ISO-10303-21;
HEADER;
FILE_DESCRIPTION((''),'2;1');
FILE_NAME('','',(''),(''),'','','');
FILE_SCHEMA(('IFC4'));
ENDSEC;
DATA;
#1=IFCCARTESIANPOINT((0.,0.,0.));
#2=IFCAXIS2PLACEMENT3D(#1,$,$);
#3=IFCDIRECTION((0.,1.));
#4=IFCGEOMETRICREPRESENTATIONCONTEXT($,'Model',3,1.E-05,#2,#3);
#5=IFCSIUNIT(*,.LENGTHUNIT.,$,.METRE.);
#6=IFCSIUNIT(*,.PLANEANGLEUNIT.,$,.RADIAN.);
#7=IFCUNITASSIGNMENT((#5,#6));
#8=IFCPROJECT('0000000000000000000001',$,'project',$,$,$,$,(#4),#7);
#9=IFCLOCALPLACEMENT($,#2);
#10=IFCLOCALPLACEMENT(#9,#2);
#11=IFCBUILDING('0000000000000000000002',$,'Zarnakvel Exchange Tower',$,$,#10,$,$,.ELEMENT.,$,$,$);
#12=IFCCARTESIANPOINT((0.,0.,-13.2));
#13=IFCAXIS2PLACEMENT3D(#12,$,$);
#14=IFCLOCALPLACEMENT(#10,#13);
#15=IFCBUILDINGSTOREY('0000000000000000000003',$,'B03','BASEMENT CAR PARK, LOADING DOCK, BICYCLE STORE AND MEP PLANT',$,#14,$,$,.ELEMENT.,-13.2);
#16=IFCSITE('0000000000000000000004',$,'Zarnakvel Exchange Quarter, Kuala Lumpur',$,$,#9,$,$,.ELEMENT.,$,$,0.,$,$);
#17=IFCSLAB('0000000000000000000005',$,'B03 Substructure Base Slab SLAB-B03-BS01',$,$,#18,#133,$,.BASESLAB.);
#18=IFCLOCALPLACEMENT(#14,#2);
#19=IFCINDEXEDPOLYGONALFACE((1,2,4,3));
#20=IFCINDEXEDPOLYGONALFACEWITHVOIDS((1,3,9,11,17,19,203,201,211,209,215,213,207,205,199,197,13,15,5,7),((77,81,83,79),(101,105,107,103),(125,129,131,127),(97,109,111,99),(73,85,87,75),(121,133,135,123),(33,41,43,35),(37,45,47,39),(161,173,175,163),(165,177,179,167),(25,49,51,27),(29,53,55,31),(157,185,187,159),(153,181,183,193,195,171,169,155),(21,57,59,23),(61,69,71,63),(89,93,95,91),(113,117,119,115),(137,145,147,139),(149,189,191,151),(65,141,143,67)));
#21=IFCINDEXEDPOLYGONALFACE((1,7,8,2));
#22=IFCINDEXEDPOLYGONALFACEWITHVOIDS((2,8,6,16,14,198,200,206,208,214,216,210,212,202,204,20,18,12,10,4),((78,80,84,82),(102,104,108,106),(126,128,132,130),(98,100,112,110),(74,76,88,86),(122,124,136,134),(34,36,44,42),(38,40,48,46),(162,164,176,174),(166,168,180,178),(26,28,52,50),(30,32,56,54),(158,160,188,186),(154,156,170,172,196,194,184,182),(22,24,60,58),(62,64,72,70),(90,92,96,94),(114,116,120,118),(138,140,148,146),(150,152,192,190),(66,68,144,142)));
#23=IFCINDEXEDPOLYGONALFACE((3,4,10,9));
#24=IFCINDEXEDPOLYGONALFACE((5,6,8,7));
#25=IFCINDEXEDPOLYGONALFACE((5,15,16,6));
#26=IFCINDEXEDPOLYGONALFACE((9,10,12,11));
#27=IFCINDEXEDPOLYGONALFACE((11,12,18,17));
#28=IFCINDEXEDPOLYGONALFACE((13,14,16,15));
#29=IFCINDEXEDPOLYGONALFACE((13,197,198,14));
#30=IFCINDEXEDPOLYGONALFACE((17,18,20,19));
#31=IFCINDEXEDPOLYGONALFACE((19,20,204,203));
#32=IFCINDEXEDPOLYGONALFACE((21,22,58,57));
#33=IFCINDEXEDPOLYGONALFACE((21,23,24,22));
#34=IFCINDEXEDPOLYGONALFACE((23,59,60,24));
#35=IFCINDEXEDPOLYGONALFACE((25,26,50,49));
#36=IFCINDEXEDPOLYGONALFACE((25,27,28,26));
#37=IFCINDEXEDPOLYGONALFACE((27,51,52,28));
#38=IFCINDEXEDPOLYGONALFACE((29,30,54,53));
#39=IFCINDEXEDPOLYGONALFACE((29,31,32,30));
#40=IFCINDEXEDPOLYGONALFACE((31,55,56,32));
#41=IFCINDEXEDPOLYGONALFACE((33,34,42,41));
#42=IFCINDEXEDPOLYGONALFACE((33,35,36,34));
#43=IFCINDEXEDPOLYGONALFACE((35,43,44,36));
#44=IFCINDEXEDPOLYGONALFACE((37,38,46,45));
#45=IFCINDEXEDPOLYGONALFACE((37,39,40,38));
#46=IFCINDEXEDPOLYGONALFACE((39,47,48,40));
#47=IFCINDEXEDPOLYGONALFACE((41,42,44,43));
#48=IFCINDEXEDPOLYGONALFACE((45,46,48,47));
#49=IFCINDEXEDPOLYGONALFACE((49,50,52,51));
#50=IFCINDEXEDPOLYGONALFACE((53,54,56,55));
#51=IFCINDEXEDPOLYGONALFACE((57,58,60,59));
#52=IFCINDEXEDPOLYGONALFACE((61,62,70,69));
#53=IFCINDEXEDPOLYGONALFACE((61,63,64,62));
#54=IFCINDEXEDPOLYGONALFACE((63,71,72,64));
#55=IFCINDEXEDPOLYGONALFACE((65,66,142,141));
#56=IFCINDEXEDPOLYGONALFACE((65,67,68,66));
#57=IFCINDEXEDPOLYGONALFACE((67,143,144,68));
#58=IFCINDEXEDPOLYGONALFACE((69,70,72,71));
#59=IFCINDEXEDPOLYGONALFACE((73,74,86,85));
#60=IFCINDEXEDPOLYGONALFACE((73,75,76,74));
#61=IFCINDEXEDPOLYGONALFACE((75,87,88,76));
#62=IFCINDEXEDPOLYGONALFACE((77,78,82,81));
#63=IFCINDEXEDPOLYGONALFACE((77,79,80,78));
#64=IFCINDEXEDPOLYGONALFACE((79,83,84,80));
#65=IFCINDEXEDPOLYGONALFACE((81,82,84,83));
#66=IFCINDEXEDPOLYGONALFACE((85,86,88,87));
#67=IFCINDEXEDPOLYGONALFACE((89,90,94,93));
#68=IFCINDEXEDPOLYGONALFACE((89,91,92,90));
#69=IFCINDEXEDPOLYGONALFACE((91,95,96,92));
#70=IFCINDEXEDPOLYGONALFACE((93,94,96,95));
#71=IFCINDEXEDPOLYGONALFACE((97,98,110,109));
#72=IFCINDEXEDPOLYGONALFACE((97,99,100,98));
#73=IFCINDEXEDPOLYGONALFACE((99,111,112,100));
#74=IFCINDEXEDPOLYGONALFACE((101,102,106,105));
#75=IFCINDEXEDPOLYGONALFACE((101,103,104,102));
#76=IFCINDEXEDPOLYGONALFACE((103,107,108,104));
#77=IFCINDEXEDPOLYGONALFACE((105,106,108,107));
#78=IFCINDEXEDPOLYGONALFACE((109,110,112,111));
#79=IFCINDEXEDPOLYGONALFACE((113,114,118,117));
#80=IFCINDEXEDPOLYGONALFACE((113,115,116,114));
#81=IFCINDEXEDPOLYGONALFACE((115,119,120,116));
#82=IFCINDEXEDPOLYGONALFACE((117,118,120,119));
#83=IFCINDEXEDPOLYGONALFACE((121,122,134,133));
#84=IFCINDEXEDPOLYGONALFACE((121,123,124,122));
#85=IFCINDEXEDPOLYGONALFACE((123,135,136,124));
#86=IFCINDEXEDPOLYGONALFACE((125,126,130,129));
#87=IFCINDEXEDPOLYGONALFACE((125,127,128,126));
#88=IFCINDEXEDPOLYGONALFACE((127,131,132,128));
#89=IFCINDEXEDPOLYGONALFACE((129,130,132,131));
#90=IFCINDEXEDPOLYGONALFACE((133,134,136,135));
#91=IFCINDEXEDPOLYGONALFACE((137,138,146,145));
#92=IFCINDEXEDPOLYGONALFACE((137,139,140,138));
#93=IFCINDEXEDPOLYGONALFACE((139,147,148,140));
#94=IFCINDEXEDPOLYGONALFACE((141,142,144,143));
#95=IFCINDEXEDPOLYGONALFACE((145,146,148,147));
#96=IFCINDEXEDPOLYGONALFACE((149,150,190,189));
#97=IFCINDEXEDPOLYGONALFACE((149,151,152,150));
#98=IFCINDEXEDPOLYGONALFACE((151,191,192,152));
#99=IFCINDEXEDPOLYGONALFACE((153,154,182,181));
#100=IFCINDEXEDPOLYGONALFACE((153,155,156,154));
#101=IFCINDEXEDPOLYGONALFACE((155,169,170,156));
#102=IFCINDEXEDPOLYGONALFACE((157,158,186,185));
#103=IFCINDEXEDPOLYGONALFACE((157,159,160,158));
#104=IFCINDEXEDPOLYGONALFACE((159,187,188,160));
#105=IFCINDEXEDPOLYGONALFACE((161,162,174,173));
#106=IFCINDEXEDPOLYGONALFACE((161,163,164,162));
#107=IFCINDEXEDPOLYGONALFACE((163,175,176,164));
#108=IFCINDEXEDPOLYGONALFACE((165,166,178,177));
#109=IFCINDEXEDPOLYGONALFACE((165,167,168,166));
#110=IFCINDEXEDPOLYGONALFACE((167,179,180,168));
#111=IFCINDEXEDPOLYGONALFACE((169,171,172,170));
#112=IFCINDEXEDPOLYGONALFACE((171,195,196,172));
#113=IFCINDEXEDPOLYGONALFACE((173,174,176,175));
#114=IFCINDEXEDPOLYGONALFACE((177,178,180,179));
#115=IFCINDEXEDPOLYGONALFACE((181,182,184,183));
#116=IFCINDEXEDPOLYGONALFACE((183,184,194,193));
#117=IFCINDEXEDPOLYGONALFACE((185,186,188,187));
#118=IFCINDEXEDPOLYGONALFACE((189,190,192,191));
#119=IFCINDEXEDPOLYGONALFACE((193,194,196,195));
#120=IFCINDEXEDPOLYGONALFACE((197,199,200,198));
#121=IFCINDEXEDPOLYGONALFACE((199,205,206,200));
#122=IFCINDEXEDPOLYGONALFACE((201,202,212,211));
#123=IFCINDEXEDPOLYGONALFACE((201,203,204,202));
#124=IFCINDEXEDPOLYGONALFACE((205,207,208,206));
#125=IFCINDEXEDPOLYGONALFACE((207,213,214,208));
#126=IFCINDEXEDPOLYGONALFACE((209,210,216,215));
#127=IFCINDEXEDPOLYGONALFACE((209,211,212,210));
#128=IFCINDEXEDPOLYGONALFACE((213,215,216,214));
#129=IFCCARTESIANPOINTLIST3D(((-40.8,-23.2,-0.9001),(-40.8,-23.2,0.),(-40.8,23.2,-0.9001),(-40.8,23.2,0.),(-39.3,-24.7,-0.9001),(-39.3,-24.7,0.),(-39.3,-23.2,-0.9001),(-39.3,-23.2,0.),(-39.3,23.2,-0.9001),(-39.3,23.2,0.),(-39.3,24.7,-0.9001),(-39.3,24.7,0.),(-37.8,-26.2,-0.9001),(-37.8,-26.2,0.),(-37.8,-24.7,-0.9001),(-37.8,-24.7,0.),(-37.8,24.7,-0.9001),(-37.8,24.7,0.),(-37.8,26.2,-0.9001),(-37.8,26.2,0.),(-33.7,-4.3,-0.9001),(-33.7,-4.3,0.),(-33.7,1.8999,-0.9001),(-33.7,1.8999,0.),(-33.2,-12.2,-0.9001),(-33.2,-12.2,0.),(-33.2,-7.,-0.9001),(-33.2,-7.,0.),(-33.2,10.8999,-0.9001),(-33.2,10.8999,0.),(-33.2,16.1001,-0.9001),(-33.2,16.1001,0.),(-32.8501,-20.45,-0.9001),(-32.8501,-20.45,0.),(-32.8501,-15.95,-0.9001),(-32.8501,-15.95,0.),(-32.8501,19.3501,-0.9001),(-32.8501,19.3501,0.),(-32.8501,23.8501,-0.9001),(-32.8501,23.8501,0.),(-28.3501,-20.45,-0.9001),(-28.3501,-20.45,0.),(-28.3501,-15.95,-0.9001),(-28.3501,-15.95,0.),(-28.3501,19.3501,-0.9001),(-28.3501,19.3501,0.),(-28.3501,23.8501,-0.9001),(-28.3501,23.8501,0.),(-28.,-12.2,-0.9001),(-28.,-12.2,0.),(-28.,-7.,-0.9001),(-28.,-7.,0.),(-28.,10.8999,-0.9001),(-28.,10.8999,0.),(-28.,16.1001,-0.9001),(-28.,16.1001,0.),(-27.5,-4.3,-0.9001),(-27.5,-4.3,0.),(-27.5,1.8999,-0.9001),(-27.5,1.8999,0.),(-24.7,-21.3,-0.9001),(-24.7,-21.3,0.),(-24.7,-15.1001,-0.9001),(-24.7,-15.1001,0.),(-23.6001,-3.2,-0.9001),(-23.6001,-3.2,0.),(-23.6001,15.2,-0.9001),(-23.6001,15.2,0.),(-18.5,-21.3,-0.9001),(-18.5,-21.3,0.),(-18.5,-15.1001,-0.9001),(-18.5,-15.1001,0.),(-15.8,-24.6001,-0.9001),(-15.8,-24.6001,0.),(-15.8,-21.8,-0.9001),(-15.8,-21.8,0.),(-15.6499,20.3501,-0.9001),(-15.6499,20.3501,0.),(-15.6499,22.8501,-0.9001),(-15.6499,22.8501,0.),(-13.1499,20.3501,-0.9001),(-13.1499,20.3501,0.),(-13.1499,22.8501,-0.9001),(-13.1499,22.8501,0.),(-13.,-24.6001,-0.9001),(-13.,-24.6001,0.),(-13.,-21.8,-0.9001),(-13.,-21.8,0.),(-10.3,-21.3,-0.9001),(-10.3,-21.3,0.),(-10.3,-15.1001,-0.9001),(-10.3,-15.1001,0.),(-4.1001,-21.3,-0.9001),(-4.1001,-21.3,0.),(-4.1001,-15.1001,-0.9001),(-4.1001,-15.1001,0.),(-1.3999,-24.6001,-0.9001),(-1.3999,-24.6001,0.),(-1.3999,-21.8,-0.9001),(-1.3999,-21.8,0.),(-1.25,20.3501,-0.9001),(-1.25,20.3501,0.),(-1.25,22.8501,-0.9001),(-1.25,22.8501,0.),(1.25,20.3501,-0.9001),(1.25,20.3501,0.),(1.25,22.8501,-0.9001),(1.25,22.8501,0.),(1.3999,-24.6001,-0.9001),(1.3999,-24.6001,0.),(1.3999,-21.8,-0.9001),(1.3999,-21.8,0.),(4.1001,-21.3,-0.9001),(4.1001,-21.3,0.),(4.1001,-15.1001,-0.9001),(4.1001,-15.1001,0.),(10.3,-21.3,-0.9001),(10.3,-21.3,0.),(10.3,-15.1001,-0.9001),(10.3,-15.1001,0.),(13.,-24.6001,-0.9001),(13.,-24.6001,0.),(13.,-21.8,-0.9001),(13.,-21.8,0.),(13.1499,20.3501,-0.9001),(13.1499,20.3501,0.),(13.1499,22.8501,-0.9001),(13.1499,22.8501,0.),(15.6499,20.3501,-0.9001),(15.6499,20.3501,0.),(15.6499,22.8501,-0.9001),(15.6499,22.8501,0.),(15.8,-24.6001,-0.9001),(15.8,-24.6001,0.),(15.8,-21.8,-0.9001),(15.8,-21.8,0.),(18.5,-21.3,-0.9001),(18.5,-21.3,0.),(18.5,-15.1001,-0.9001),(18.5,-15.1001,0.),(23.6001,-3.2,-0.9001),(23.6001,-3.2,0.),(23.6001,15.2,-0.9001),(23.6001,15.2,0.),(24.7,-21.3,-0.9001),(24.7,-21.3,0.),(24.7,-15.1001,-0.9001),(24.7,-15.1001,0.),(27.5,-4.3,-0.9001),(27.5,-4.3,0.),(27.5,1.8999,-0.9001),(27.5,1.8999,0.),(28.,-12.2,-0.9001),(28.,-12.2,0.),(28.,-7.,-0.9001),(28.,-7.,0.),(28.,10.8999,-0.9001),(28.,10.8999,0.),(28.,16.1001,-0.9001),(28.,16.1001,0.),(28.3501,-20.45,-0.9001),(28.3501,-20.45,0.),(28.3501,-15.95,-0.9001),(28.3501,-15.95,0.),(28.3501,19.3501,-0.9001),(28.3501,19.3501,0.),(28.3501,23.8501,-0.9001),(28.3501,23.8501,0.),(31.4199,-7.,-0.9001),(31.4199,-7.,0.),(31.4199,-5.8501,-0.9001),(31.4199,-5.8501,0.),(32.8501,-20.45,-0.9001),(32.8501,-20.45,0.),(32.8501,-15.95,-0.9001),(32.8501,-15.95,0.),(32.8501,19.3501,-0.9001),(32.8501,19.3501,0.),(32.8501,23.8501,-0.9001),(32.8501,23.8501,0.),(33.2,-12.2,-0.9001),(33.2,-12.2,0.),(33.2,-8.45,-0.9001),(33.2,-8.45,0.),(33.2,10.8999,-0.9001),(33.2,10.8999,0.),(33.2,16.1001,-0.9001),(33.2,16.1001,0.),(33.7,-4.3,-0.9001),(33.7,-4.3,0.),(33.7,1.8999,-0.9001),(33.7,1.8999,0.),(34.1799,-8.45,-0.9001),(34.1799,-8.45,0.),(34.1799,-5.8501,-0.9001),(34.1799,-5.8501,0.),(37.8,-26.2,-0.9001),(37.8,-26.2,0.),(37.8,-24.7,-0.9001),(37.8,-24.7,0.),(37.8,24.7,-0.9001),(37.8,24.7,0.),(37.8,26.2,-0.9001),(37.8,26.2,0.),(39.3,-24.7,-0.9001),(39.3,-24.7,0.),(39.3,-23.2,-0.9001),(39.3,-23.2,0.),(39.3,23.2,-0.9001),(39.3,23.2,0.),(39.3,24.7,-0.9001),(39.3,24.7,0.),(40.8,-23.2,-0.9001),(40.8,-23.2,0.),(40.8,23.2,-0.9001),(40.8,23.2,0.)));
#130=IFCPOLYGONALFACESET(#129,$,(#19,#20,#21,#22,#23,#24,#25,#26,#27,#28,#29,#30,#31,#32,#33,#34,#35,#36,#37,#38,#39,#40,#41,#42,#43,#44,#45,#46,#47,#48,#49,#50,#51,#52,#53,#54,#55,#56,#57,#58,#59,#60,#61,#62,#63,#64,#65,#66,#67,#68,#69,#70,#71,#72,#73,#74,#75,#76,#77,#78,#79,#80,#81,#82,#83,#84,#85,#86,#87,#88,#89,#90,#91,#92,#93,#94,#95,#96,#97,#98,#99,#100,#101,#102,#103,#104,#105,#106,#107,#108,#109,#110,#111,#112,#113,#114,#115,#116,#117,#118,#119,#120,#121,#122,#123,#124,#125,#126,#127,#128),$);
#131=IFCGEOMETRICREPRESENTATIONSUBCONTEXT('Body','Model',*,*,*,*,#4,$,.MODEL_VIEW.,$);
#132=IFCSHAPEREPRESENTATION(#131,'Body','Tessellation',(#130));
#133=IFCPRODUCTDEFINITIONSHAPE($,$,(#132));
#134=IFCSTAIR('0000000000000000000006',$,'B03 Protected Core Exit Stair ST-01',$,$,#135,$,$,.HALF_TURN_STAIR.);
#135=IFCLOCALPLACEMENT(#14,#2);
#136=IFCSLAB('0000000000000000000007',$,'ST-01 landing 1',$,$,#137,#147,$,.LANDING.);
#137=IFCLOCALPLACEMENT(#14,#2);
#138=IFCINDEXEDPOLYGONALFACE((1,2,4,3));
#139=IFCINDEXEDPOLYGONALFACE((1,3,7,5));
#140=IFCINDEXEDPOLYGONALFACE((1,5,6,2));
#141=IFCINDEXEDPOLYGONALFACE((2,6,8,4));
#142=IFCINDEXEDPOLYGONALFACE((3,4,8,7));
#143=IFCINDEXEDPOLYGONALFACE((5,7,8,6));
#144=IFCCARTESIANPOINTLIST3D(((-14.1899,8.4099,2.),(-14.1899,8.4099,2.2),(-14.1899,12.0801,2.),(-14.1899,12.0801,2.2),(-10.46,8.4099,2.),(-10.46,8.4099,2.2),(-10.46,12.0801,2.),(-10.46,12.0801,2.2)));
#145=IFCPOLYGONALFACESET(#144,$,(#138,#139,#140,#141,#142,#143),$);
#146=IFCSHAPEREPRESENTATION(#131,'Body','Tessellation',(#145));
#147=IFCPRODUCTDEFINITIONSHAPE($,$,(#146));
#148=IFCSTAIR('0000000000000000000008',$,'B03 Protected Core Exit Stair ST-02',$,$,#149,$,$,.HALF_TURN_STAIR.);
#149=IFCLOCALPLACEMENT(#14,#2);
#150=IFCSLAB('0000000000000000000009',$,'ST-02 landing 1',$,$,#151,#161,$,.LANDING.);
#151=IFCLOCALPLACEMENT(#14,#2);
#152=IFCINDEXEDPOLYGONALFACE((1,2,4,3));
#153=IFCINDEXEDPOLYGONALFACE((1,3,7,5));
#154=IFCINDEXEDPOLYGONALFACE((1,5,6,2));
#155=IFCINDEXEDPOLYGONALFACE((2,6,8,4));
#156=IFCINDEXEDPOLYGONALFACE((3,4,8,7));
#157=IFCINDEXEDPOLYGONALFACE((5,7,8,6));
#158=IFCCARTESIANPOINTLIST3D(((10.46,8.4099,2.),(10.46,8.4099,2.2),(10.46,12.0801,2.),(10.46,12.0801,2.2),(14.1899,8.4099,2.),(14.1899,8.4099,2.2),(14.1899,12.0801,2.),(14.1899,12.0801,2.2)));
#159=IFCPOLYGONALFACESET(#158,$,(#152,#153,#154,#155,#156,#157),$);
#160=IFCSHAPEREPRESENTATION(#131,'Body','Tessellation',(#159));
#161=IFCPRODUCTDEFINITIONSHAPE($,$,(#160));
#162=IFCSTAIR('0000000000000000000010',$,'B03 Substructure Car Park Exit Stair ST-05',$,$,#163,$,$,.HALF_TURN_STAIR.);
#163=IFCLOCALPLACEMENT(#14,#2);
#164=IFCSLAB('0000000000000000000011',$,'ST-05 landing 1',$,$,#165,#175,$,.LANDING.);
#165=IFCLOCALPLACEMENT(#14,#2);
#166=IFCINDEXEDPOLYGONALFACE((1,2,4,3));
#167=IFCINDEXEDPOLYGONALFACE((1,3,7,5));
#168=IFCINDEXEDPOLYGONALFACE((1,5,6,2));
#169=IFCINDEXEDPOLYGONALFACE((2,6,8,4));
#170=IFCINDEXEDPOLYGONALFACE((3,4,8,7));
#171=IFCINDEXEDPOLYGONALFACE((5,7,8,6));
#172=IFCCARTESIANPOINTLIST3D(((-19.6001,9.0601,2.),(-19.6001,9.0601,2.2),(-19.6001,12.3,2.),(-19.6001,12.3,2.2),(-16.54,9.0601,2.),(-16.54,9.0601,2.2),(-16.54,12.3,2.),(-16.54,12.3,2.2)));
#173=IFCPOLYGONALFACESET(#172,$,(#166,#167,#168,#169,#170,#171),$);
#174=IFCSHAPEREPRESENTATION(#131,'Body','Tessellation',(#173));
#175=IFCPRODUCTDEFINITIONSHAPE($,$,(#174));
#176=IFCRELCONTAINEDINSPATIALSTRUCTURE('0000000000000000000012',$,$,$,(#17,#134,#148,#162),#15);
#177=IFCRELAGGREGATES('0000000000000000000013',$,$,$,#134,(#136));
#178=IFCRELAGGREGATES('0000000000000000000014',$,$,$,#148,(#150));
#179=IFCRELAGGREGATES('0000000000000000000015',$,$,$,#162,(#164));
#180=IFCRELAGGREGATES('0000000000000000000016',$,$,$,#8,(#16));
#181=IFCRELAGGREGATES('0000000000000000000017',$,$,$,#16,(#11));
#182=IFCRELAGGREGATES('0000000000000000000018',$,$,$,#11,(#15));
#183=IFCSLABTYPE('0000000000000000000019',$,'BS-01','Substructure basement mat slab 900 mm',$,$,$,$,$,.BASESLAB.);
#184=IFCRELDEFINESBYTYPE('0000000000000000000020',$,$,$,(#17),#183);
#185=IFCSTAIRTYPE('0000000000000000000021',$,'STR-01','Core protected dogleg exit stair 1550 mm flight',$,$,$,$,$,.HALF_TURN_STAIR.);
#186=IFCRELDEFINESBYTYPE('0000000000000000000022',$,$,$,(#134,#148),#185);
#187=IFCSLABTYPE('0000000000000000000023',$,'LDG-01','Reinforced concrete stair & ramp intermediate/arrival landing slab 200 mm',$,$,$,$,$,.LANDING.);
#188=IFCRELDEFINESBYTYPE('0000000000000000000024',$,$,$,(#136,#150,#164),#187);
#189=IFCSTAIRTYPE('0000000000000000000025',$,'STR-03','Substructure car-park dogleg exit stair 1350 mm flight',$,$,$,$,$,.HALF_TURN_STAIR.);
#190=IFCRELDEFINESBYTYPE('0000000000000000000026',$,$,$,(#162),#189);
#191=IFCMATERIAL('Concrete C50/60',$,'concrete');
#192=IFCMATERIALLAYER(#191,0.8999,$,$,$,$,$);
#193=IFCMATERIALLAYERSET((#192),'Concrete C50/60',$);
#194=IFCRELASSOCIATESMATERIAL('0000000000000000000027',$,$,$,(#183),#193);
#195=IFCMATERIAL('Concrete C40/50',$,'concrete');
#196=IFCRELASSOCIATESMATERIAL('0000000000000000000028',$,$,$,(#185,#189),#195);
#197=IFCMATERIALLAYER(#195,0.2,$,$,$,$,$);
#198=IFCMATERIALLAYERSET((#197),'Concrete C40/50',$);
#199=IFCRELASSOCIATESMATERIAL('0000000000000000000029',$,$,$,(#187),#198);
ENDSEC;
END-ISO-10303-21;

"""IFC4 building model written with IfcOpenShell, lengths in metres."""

from ifc_helpers import new_model, si_unit, direction, frame, origin, place, context, subcontext, project, spatial, polyline, outline, extrude, material, layer, layer_set, type_object, element, aggregate, save


model = new_model("IFC4")

# Units and contexts
model_context = context("Model", 3, precision=1e-05, world=origin(), true_north=direction((0.0, 1.0)))
body_context = subcontext(model_context, "Body", "Model", "MODEL_VIEW")
ifc_project = project(units=[si_unit("LENGTHUNIT", "METRE"), si_unit("PLANEANGLEUNIT", "RADIAN")], contexts=[model_context])

# Site, building, storey
site_placement = place(None, origin())
site = spatial("IfcSite", under=ifc_project, at=site_placement, Name="Zarnakvel Exchange Quarter, Kuala Lumpur", CompositionType="ELEMENT", RefElevation=0.0)
building_placement = place(site_placement, origin())
building = spatial("IfcBuilding", under=site, at=building_placement, Name="Zarnakvel Exchange Tower", CompositionType="ELEMENT")
storey_placement = place(building_placement, frame((0.0, 0.0, -13.2)))
storey = spatial("IfcBuildingStorey", under=building, at=storey_placement, Name="B03", Description="BASEMENT CAR PARK, LOADING DOCK, BICYCLE STORE AND MEP PLANT", CompositionType="ELEMENT", Elevation=-13.2)

# Shared definitions
ifc_material_1 = material(Name="Concrete C50/60", Category="concrete")

# Slab
ifc_layer_1 = layer(ifc_material_1, 0.8999)
ifc_layer_set_1 = layer_set([ifc_layer_1], Name="Concrete C50/60")
slab_type_1 = type_object("IfcSlabType", Name="BS-01", Description="Substructure basement mat slab 900 mm", PredefinedType="BASESLAB", material=ifc_layer_set_1)
slab_1_placement = place(storey_placement, frame((0.0, 0.0, -0.9001)))
element("IfcSlab", 1, at=slab_1_placement, inside=storey, type_object=slab_type_1, Name="B03 Substructure Base Slab SLAB-B03-BS01", PredefinedType="BASESLAB", context=body_context, shape_type="SweptSolid", body=[
    extrude(outline(polyline([(-40.8, 23.2), (-39.3, 23.2), (-39.3, 24.7), (-37.8, 24.7), (-37.8, 26.2), (37.8, 26.2), (37.8, 24.7), (39.3, 24.7), (39.3, 23.2), (40.8, 23.2), (40.8, -23.2), (39.3, -23.2), (39.3, -24.7), (37.8, -24.7), (37.8, -26.2), (-37.8, -26.2), (-37.8, -24.7), (-39.3, -24.7), (-39.3, -23.2), (-40.8, -23.2), (-40.8, 23.2)]), holes=[polyline([(-13.0, -21.8), (-15.8, -21.8), (-15.8, -24.6001), (-13.0, -24.6001), (-13.0, -21.8)]), polyline([(1.3999, -21.8), (-1.3999, -21.8), (-1.3999, -24.6001), (1.3999, -24.6001), (1.3999, -21.8)]), polyline([(-28.3501, -15.95), (-32.8501, -15.95), (-32.8501, -20.45), (-28.3501, -20.45), (-28.3501, -15.95)]), polyline([(-18.5, -21.3), (-18.5, -15.1001), (-24.7, -15.1001), (-24.7, -21.3), (-18.5, -21.3)]), polyline([(-4.1001, -21.3), (-4.1001, -15.1001), (-10.3, -15.1001), (-10.3, -21.3), (-4.1001, -21.3)]), polyline([(-28.0, -7.0), (-33.2, -7.0), (-33.2, -12.2), (-28.0, -12.2), (-28.0, -7.0)]), polyline([(-27.5, -4.3), (-27.5, 1.8999), (-33.7, 1.8999), (-33.7, -4.3), (-27.5, -4.3)]), polyline([(23.6001, -3.2), (23.6001, 15.2), (-23.6001, 15.2), (-23.6001, -3.2), (23.6001, -3.2)]), polyline([(-28.0, 16.1001), (-33.2, 16.1001), (-33.2, 10.8999), (-28.0, 10.8999), (-28.0, 16.1001)]), polyline([(-28.3501, 19.3501), (-28.3501, 23.8501), (-32.8501, 23.8501), (-32.8501, 19.3501), (-28.3501, 19.3501)]), polyline([(-13.1499, 20.3501), (-13.1499, 22.8501), (-15.6499, 22.8501), (-15.6499, 20.3501), (-13.1499, 20.3501)]), polyline([(15.8, -21.8), (13.0, -21.8), (13.0, -24.6001), (15.8, -24.6001), (15.8, -21.8)]), polyline([(10.3, -15.1001), (4.1001, -15.1001), (4.1001, -21.3), (10.3, -21.3), (10.3, -15.1001)]), polyline([(24.7, -15.1001), (18.5, -15.1001), (18.5, -21.3), (24.7, -21.3), (24.7, -15.1001)]), polyline([(32.8501, -20.45), (32.8501, -15.95), (28.3501, -15.95), (28.3501, -20.45), (32.8501, -20.45)]), polyline([(33.2, -12.2), (33.2, -8.45), (34.1799, -8.45), (34.1799, -5.8501), (31.4199, -5.8501), (31.4199, -7.0), (28.0, -7.0), (28.0, -12.2), (33.2, -12.2)]), polyline([(33.7, -4.3), (33.7, 1.8999), (27.5, 1.8999), (27.5, -4.3), (33.7, -4.3)]), polyline([(33.2, 10.8999), (33.2, 16.1001), (28.0, 16.1001), (28.0, 10.8999), (33.2, 10.8999)]), polyline([(1.25, 22.8501), (-1.25, 22.8501), (-1.25, 20.3501), (1.25, 20.3501), (1.25, 22.8501)]), polyline([(15.6499, 20.3501), (15.6499, 22.8501), (13.1499, 22.8501), (13.1499, 20.3501), (15.6499, 20.3501)]), polyline([(32.8501, 19.3501), (32.8501, 23.8501), (28.3501, 23.8501), (28.3501, 19.3501), (32.8501, 19.3501)])]), origin(), (0.0, 0.0, 1.0), 0.9001),
])

# Stairs, slabs
ifc_material_2 = material(Name="Concrete C40/50", Category="concrete")
stair_type_1 = type_object("IfcStairType", Name="STR-01", Description="Core protected dogleg exit stair 1550 mm flight", PredefinedType="HALF_TURN_STAIR", material=ifc_material_2)
stair_1_placement = place(storey_placement, origin())
stair_1 = element("IfcStair", 2, at=stair_1_placement, inside=storey, type_object=stair_type_1, Name="B03 Protected Core Exit Stair ST-01", PredefinedType="HALF_TURN_STAIR")
ifc_layer_2 = layer(ifc_material_2, 0.2)
ifc_layer_set_2 = layer_set([ifc_layer_2], Name="Concrete C40/50")
slab_type_2 = type_object("IfcSlabType", Name="LDG-01", Description="Reinforced concrete stair & ramp intermediate/arrival landing slab 200 mm", PredefinedType="LANDING", material=ifc_layer_set_2)
slab_2_placement = place(storey_placement, frame((0.0, 0.0, 2.0)))
slab_2 = element("IfcSlab", 3, at=slab_2_placement, type_object=slab_type_2, Name="ST-01 landing 1", PredefinedType="LANDING", context=body_context, shape_type="SweptSolid", body=[
    extrude(outline(polyline([(-14.1899, 8.4099), (-10.46, 8.4099), (-10.46, 12.0801), (-14.1899, 12.0801), (-14.1899, 8.4099)])), origin(), (0.0, 0.0, 1.0), 0.2),
])
aggregate(stair_1, [slab_2])
stair_2_placement = place(storey_placement, origin())
stair_2 = element("IfcStair", 4, at=stair_2_placement, inside=storey, type_object=stair_type_1, Name="B03 Protected Core Exit Stair ST-02", PredefinedType="HALF_TURN_STAIR")
slab_3_placement = place(storey_placement, frame((0.0, 0.0, 2.0)))
slab_3 = element("IfcSlab", 5, at=slab_3_placement, type_object=slab_type_2, Name="ST-02 landing 1", PredefinedType="LANDING", context=body_context, shape_type="SweptSolid", body=[
    extrude(outline(polyline([(10.46, 8.4099), (14.1899, 8.4099), (14.1899, 12.0801), (10.46, 12.0801), (10.46, 8.4099)])), origin(), (0.0, 0.0, 1.0), 0.2),
])
aggregate(stair_2, [slab_3])
stair_type_2 = type_object("IfcStairType", Name="STR-03", Description="Substructure car-park dogleg exit stair 1350 mm flight", PredefinedType="HALF_TURN_STAIR", material=ifc_material_2)
stair_3_placement = place(storey_placement, origin())
stair_3 = element("IfcStair", 6, at=stair_3_placement, inside=storey, type_object=stair_type_2, Name="B03 Substructure Car Park Exit Stair ST-05", PredefinedType="HALF_TURN_STAIR")
slab_4_placement = place(storey_placement, frame((0.0, 0.0, 2.0)))
slab_4 = element("IfcSlab", 7, at=slab_4_placement, type_object=slab_type_2, Name="ST-05 landing 1", PredefinedType="LANDING", context=body_context, shape_type="SweptSolid", body=[
    extrude(outline(polyline([(-19.6001, 9.0601), (-16.54, 9.0601), (-16.54, 12.3), (-19.6001, 12.3), (-19.6001, 9.0601)])), origin(), (0.0, 0.0, 1.0), 0.2),
])
aggregate(stair_3, [slab_4])

save(model, "model.ifc")
